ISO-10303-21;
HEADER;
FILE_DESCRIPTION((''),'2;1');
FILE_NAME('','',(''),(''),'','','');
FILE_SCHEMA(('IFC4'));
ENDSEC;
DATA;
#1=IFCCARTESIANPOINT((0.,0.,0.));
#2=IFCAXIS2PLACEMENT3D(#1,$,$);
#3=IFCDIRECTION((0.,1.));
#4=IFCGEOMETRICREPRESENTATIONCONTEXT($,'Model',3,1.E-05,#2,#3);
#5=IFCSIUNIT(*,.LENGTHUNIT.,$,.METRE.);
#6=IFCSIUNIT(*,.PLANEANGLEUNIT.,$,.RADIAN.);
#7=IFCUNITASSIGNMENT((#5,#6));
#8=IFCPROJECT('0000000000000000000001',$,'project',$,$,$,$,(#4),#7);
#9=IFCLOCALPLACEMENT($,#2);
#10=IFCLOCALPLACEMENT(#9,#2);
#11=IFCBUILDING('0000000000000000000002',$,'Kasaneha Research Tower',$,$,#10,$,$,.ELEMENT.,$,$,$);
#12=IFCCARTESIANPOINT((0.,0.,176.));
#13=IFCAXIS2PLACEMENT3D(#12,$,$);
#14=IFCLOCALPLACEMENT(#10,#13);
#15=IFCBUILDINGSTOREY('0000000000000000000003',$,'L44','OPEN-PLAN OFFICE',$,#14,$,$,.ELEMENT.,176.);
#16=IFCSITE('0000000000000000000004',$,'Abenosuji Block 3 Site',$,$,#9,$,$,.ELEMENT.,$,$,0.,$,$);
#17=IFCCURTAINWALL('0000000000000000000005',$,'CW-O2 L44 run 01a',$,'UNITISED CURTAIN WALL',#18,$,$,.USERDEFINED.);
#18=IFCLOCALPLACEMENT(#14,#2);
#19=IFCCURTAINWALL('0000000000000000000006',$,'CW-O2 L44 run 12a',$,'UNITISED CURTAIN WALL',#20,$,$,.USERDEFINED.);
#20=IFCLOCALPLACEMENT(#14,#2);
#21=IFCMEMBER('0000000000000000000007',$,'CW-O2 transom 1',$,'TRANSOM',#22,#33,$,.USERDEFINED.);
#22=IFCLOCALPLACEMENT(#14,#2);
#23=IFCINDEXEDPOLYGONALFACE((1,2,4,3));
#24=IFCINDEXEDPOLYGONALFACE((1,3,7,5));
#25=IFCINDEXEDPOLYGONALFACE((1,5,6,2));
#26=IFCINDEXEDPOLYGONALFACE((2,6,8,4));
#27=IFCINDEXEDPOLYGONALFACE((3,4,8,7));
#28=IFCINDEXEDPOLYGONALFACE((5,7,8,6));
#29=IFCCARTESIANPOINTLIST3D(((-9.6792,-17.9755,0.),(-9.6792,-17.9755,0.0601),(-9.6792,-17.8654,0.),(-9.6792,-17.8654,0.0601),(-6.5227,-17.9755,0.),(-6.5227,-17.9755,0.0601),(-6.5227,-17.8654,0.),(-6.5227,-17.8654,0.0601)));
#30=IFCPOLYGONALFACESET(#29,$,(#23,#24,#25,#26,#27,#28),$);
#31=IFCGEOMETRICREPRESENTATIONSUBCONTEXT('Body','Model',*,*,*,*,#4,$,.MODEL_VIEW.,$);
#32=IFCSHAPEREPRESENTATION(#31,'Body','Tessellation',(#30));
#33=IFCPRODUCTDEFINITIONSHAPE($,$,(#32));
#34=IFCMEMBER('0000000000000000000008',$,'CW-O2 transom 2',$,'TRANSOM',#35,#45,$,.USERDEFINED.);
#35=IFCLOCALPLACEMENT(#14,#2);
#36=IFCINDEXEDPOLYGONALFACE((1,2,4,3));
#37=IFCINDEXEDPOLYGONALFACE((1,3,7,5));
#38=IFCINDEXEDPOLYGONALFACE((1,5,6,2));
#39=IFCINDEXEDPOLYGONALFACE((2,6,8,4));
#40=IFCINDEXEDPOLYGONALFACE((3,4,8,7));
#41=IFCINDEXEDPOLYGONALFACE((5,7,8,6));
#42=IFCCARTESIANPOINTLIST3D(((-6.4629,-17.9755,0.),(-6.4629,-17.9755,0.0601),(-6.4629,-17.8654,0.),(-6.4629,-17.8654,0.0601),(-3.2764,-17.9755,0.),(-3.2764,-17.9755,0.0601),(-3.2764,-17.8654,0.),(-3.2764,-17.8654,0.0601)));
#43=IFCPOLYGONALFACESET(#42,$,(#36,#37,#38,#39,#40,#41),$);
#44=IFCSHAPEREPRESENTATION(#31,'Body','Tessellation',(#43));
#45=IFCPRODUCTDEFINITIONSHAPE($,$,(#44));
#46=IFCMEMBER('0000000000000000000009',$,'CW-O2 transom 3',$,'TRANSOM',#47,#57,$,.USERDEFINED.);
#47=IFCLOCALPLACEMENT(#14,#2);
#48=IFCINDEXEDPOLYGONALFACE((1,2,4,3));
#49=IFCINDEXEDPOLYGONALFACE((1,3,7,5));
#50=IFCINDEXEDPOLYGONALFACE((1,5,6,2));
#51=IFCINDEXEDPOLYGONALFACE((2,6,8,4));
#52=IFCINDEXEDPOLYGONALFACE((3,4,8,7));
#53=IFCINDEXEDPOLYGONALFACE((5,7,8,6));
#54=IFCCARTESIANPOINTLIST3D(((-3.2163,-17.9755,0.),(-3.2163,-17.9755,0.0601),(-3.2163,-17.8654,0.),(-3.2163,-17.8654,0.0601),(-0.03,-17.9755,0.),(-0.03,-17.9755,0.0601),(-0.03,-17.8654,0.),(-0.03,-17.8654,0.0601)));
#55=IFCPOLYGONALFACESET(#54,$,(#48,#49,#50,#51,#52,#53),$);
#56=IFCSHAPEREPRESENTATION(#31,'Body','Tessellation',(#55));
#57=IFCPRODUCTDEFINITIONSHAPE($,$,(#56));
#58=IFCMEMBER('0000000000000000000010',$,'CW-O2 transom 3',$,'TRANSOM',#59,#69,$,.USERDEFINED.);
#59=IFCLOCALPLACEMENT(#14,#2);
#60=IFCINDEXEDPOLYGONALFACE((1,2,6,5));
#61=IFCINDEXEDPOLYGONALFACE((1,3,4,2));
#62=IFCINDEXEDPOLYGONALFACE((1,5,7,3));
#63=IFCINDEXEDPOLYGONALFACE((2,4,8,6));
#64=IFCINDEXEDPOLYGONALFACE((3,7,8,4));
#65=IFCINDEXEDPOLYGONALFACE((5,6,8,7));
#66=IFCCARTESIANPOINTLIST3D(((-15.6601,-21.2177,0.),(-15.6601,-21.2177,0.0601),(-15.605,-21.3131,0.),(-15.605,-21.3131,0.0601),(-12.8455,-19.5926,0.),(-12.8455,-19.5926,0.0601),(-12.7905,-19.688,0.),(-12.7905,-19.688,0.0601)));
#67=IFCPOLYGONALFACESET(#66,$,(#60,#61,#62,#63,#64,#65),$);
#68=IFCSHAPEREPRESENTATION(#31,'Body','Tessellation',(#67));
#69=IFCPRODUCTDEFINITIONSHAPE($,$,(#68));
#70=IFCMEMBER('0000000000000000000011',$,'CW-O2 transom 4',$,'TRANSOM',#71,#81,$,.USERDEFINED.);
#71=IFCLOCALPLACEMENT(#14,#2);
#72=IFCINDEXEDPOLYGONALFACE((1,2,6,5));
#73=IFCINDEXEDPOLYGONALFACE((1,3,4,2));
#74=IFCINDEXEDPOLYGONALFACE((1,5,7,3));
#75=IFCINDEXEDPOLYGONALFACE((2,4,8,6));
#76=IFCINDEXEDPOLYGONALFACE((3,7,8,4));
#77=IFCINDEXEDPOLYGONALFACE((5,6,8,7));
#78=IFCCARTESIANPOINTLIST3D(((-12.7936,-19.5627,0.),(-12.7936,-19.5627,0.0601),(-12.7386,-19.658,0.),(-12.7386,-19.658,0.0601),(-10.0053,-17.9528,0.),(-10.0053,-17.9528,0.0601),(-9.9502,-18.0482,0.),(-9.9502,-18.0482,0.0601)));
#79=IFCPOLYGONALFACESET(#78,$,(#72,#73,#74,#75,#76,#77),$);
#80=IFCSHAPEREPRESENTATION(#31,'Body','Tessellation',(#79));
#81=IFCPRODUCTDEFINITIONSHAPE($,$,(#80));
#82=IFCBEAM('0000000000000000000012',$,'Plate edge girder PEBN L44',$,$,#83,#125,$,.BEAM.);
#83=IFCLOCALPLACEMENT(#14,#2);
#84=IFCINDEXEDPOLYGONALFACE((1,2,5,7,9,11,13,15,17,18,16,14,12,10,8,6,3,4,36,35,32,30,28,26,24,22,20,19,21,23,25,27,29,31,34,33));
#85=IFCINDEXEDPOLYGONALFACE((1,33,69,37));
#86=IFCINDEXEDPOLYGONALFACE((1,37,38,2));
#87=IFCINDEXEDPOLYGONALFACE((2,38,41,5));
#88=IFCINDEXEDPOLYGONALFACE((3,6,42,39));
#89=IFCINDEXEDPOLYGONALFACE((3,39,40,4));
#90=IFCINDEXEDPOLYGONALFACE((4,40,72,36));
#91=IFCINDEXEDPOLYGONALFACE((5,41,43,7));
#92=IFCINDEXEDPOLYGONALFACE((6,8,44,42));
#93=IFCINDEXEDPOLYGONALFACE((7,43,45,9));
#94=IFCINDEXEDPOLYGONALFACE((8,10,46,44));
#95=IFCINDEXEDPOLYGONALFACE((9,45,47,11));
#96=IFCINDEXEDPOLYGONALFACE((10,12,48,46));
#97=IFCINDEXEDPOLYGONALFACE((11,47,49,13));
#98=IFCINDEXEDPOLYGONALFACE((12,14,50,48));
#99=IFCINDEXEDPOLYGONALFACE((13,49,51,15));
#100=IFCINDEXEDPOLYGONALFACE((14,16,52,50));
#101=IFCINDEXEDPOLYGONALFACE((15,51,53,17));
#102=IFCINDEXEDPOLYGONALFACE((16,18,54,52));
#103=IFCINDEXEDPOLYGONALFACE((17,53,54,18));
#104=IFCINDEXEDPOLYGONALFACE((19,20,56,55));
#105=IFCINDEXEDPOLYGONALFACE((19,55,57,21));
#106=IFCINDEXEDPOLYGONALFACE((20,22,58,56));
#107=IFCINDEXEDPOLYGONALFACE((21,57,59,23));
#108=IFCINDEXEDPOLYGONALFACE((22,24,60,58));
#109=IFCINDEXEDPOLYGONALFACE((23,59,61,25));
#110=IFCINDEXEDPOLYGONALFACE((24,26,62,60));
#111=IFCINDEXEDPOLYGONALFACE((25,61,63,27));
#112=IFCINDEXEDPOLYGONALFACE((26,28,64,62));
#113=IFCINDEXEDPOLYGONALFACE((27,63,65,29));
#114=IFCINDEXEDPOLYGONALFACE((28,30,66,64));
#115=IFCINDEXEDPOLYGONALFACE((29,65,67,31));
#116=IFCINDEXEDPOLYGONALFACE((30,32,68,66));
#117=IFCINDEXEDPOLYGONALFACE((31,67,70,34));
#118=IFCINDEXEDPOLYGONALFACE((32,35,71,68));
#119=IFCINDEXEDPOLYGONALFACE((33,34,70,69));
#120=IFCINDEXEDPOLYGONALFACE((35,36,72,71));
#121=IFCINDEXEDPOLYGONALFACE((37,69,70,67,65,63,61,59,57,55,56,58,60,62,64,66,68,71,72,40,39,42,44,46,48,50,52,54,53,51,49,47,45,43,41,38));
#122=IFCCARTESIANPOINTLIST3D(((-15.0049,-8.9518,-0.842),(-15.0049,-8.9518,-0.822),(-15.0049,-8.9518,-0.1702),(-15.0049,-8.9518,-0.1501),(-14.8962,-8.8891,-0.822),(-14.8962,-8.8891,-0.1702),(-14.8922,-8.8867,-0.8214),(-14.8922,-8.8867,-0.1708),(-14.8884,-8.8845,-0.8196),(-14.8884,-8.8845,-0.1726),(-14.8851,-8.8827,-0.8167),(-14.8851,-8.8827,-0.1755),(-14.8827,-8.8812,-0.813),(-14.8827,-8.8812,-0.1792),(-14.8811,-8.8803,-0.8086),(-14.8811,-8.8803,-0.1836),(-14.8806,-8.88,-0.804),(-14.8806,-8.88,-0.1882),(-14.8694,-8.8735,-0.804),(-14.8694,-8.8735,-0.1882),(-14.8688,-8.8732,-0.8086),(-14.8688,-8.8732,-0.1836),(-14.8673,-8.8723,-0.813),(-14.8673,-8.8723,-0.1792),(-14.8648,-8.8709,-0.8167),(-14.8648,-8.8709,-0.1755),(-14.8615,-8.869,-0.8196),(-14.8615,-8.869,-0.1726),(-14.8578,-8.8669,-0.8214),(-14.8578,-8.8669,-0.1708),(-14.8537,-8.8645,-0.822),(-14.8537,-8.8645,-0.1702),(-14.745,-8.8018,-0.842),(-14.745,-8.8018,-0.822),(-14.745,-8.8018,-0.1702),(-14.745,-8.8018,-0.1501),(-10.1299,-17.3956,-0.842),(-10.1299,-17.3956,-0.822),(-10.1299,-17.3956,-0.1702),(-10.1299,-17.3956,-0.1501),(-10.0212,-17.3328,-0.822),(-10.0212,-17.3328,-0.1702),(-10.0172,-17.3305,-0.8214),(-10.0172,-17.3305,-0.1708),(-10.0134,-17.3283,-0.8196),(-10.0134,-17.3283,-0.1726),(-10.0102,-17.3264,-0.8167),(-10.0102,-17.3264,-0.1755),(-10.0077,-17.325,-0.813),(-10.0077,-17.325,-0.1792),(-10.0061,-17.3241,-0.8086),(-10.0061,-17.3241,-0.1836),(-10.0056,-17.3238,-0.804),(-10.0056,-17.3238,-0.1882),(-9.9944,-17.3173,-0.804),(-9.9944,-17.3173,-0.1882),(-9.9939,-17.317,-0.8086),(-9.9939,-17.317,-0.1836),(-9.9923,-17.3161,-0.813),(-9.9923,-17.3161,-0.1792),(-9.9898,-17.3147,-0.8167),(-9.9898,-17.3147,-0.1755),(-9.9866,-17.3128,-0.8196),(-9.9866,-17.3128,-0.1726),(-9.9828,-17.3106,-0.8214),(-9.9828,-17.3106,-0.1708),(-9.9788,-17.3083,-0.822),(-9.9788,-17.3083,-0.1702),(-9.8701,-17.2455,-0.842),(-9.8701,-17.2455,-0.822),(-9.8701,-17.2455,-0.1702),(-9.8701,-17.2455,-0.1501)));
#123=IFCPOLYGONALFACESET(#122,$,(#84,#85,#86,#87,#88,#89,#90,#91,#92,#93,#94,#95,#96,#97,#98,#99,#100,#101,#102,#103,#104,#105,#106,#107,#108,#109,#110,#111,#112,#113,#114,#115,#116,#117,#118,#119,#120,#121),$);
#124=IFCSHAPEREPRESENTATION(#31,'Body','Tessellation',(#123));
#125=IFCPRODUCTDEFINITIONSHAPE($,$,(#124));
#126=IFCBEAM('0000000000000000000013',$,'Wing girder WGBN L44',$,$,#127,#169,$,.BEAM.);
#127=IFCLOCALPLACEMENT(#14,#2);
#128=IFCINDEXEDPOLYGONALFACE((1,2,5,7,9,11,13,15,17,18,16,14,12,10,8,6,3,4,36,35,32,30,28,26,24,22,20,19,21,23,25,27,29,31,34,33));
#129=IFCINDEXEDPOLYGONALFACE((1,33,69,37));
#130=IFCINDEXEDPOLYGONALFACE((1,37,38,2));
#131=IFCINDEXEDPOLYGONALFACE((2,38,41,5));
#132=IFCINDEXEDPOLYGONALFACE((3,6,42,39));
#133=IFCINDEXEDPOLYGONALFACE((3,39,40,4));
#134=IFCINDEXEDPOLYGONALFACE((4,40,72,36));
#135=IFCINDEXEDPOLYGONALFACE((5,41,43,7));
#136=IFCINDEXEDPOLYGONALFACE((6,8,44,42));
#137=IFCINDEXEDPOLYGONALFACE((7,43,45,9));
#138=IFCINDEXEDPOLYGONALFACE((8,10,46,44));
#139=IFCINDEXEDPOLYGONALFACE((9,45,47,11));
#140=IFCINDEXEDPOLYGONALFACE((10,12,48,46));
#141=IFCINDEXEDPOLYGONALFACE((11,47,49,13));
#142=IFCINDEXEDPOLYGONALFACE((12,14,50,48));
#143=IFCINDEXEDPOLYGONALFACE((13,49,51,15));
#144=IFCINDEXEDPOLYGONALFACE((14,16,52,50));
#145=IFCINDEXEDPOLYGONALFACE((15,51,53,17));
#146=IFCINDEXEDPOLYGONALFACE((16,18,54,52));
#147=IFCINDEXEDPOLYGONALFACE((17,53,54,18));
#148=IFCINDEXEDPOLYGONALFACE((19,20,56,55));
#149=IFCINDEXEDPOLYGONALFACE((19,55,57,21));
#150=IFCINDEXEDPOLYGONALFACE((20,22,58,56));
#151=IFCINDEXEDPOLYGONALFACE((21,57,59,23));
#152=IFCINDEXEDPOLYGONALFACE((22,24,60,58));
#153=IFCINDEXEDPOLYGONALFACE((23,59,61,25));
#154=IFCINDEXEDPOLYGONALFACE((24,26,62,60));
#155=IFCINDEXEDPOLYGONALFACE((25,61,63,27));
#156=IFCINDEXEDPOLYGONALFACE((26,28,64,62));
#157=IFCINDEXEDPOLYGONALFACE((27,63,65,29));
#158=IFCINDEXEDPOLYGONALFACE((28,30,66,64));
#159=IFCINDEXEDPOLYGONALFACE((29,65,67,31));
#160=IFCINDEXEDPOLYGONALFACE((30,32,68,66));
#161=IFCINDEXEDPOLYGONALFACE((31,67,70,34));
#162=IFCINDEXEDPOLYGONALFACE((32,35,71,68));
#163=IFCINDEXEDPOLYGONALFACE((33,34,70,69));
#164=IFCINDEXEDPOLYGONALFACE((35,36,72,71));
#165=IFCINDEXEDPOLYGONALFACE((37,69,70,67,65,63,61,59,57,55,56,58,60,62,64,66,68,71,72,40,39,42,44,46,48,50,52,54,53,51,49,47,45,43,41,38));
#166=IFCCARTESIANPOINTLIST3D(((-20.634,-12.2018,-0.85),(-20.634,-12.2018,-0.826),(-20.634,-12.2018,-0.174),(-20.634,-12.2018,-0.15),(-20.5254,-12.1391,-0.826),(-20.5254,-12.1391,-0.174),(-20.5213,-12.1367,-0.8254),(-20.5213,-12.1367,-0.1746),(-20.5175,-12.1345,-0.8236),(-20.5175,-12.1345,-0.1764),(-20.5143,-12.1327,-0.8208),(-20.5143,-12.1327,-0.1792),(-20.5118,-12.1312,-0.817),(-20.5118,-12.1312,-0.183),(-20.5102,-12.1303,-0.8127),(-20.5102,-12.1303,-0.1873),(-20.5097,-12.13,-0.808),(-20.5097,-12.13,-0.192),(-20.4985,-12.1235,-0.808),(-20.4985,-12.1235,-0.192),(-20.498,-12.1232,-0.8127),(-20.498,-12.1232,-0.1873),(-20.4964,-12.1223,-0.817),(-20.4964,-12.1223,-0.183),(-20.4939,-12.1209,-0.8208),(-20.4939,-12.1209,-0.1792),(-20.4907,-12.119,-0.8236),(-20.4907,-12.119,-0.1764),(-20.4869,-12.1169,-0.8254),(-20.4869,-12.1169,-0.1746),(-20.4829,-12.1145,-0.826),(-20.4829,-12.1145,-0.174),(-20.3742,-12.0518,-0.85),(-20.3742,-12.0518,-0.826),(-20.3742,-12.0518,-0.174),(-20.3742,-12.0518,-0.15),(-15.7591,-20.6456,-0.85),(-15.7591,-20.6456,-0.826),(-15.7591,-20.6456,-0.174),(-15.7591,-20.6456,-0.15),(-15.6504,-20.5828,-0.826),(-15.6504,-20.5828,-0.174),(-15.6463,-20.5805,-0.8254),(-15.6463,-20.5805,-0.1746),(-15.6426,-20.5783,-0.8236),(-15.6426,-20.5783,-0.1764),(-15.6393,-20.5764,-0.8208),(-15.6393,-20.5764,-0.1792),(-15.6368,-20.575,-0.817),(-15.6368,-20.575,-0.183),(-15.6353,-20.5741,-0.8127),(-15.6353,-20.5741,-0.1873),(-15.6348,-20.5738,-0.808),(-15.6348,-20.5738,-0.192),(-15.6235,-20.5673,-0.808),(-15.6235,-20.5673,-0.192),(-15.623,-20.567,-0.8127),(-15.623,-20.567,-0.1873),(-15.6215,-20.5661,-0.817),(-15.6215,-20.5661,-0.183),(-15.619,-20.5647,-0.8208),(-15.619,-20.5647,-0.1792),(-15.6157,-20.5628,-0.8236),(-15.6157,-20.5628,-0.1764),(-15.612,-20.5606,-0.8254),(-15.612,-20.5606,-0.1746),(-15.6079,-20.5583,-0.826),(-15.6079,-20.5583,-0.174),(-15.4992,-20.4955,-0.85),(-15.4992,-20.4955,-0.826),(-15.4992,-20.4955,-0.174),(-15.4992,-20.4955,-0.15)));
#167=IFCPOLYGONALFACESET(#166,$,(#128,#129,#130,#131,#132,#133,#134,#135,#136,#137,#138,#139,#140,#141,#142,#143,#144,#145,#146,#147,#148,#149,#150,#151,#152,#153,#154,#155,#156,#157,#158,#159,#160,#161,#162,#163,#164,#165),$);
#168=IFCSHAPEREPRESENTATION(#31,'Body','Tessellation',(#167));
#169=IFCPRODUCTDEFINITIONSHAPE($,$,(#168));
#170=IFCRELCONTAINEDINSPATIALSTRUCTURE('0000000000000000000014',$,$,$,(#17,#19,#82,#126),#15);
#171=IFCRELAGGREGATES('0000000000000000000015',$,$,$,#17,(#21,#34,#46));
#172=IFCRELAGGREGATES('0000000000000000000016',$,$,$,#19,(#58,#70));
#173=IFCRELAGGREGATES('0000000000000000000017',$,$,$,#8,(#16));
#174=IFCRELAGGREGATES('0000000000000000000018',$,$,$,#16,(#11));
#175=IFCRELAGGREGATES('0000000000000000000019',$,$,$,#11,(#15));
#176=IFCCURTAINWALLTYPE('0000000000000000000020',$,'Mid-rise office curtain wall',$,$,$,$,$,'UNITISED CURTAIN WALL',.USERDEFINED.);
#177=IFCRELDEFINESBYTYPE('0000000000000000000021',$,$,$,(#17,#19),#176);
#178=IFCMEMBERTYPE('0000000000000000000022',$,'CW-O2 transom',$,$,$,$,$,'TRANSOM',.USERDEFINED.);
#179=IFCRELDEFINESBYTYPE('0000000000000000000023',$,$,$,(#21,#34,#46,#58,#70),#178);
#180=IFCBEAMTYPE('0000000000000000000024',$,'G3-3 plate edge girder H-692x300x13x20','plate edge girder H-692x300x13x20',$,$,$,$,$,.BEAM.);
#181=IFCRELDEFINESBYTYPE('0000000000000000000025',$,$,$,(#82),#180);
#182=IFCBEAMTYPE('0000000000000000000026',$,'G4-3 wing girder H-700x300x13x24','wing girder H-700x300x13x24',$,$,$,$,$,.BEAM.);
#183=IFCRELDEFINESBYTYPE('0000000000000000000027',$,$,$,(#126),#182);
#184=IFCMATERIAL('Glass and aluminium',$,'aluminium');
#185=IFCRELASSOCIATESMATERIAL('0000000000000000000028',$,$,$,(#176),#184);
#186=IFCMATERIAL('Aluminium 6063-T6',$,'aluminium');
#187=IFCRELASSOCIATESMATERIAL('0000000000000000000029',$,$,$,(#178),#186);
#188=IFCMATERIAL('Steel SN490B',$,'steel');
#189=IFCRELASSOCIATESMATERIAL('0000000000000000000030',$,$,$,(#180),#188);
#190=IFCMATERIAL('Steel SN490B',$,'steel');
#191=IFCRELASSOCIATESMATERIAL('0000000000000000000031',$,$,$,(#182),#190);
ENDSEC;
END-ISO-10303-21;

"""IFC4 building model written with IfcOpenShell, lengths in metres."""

from ifc_helpers import new_model, si_unit, direction, frame, origin, origin_2d, place, context, subcontext, project, spatial, rectangle, i_section, extrude, material, material_profile, profile_set, type_object, element, aggregate, save


model = new_model("IFC4")

# Units and contexts
model_context = context("Model", 3, precision=1e-05, world=origin(), true_north=direction((0.0, 1.0)))
body_context = subcontext(model_context, "Body", "Model", "MODEL_VIEW")
ifc_project = project(units=[si_unit("LENGTHUNIT", "METRE"), si_unit("PLANEANGLEUNIT", "RADIAN")], contexts=[model_context])

# Site, building, storey
site_placement = place(None, origin())
site = spatial("IfcSite", under=ifc_project, at=site_placement, Name="Abenosuji Block 3 Site", CompositionType="ELEMENT", RefElevation=0.0)
building_placement = place(site_placement, origin())
building = spatial("IfcBuilding", under=site, at=building_placement, Name="Kasaneha Research Tower", CompositionType="ELEMENT")
storey_placement = place(building_placement, frame((0.0, 0.0, 176.0)))
storey = spatial("IfcBuildingStorey", under=building, at=storey_placement, Name="L44", Description="OPEN-PLAN OFFICE", CompositionType="ELEMENT", Elevation=176.0)

# Curtain walls
ifc_material_1 = material(Name="Glass and aluminium", Category="aluminium")
curtain_wall_type = type_object("IfcCurtainWallType", Name="Mid-rise office curtain wall", ElementType="UNITISED CURTAIN WALL", PredefinedType="USERDEFINED", material=ifc_material_1)
curtain_wall_1_placement = place(storey_placement, origin())
curtain_wall_1 = element("IfcCurtainWall", 1, at=curtain_wall_1_placement, inside=storey, type_object=curtain_wall_type, Name="CW-O2 L44 run 01a", ObjectType="UNITISED CURTAIN WALL", PredefinedType="USERDEFINED")
curtain_wall_2_placement = place(storey_placement, origin())
curtain_wall_2 = element("IfcCurtainWall", 2, at=curtain_wall_2_placement, inside=storey, type_object=curtain_wall_type, Name="CW-O2 L44 run 12a", ObjectType="UNITISED CURTAIN WALL", PredefinedType="USERDEFINED")

# Members
ifc_material_2 = material(Name="Aluminium 6063-T6", Category="aluminium")
ifc_material_profile_1 = material_profile(ifc_material_2, rectangle(XDim=0.1101, YDim=0.0601, at=origin_2d()), Name="CW-O2 transom 110x60")
ifc_profile_set_1 = profile_set([ifc_material_profile_1], Name="Aluminium 6063-T6")
member_type_1 = type_object("IfcMemberType", Name="CW-O2 transom", ElementType="TRANSOM", PredefinedType="USERDEFINED", material=ifc_profile_set_1)
member_1_placement = place(storey_placement, frame((-9.6792, -17.9204, 0.03), z_axis=(1.0, 0.0, 0.0), x_axis=(0.0, 1.0, 0.0)))
member_1 = element("IfcMember", 3, at=member_1_placement, type_object=member_type_1, Name="CW-O2 transom 1", ObjectType="TRANSOM", PredefinedType="USERDEFINED", context=body_context, shape_type="SweptSolid", body=[
    extrude(rectangle(XDim=0.1101, YDim=0.0601, at=origin_2d()), origin(), (0.0, 0.0, 1.0), 3.1565),
])
member_2_placement = place(storey_placement, frame((-6.4629, -17.9204, 0.03), z_axis=(1.0, 0.0, 0.0), x_axis=(0.0, 1.0, 0.0)))
member_2 = element("IfcMember", 4, at=member_2_placement, type_object=member_type_1, Name="CW-O2 transom 2", ObjectType="TRANSOM", PredefinedType="USERDEFINED", context=body_context, shape_type="SweptSolid", body=[
    extrude(rectangle(XDim=0.1101, YDim=0.0601, at=origin_2d()), origin(), (0.0, 0.0, 1.0), 3.1865),
])
member_3_placement = place(storey_placement, frame((-3.2163, -17.9204, 0.03), z_axis=(1.0, 0.0, 0.0), x_axis=(0.0, 1.0, 0.0)))
member_3 = element("IfcMember", 5, at=member_3_placement, type_object=member_type_1, Name="CW-O2 transom 3", ObjectType="TRANSOM", PredefinedType="USERDEFINED", context=body_context, shape_type="SweptSolid", body=[
    extrude(rectangle(XDim=0.1101, YDim=0.0601, at=origin_2d()), origin(), (0.0, 0.0, 1.0), 3.1863),
])
member_4_placement = place(storey_placement, frame((-15.6326, -21.2654, 0.03), z_axis=(0.866015, 0.500017, 0.0), x_axis=(-0.500017, 0.866015, 0.0)))
member_4 = element("IfcMember", 6, at=member_4_placement, type_object=member_type_1, Name="CW-O2 transom 3", ObjectType="TRANSOM", PredefinedType="USERDEFINED", context=body_context, shape_type="SweptSolid", body=[
    extrude(rectangle(XDim=0.1101, YDim=0.0601, at=origin_2d()), origin(), (0.0, 0.0, 1.0), 3.25),
])
member_5_placement = place(storey_placement, frame((-12.7661, -19.6104, 0.03), z_axis=(0.866023, 0.500005, 0.0), x_axis=(-0.500005, 0.866023, 0.0)))
member_5 = element("IfcMember", 7, at=member_5_placement, type_object=member_type_1, Name="CW-O2 transom 4", ObjectType="TRANSOM", PredefinedType="USERDEFINED", context=body_context, shape_type="SweptSolid", body=[
    extrude(rectangle(XDim=0.1101, YDim=0.0601, at=origin_2d()), origin(), (0.0, 0.0, 1.0), 3.2197),
])

# Beams
ifc_material_3 = material(Name="Steel SN490B", Category="steel")
ifc_material_profile_2 = material_profile(ifc_material_3, i_section(OverallWidth=0.3, OverallDepth=0.6919, WebThickness=0.0129, FlangeThickness=0.02, FilletRadius=0.0181, at=origin_2d()), Name="H-692x300x13x20")
ifc_profile_set_2 = profile_set([ifc_material_profile_2], Name="Steel SN490B")
beam_type_1 = type_object("IfcBeamType", Name="G3-3 plate edge girder H-692x300x13x20", Description="plate edge girder H-692x300x13x20", PredefinedType="BEAM", material=ifc_profile_set_2)
beam_1_placement = place(storey_placement, frame((-10.0, -17.3206, -0.4961), z_axis=(-0.499996, 0.866028, 0.0), x_axis=(-0.866028, -0.499996, 0.0)))
element("IfcBeam", 8, at=beam_1_placement, inside=storey, type_object=beam_type_1, Name="Plate edge girder PEBN L44", PredefinedType="BEAM", context=body_context, shape_type="SweptSolid", body=[
    extrude(i_section(OverallWidth=0.3, OverallDepth=0.6919, WebThickness=0.0129, FlangeThickness=0.02, FilletRadius=0.0181, at=origin_2d()), origin(), (0.0, 0.0, 1.0), 9.75),
])
ifc_material_4 = material(Name="Steel SN490B", Category="steel")
ifc_material_profile_3 = material_profile(ifc_material_4, i_section(OverallWidth=0.3, OverallDepth=0.7, WebThickness=0.0129, FlangeThickness=0.0239, FilletRadius=0.0181, at=origin_2d()), Name="H-700x300x13x24")
ifc_profile_set_3 = profile_set([ifc_material_profile_3], Name="Steel SN490B")
beam_type_2 = type_object("IfcBeamType", Name="G4-3 wing girder H-700x300x13x24", Description="wing girder H-700x300x13x24", PredefinedType="BEAM", material=ifc_profile_set_3)
beam_2_placement = place(storey_placement, frame((-15.6292, -20.5706, -0.5), z_axis=(-0.499996, 0.866028, 0.0), x_axis=(-0.866028, -0.499996, 0.0)))
element("IfcBeam", 9, at=beam_2_placement, inside=storey, type_object=beam_type_2, Name="Wing girder WGBN L44", PredefinedType="BEAM", context=body_context, shape_type="SweptSolid", body=[
    extrude(i_section(OverallWidth=0.3, OverallDepth=0.7, WebThickness=0.0129, FlangeThickness=0.0239, FilletRadius=0.0181, at=origin_2d()), origin(), (0.0, 0.0, 1.0), 9.75),
])

aggregate(curtain_wall_1, [member_1, member_2, member_3])
aggregate(curtain_wall_2, [member_4, member_5])

save(model, "model.ifc")
